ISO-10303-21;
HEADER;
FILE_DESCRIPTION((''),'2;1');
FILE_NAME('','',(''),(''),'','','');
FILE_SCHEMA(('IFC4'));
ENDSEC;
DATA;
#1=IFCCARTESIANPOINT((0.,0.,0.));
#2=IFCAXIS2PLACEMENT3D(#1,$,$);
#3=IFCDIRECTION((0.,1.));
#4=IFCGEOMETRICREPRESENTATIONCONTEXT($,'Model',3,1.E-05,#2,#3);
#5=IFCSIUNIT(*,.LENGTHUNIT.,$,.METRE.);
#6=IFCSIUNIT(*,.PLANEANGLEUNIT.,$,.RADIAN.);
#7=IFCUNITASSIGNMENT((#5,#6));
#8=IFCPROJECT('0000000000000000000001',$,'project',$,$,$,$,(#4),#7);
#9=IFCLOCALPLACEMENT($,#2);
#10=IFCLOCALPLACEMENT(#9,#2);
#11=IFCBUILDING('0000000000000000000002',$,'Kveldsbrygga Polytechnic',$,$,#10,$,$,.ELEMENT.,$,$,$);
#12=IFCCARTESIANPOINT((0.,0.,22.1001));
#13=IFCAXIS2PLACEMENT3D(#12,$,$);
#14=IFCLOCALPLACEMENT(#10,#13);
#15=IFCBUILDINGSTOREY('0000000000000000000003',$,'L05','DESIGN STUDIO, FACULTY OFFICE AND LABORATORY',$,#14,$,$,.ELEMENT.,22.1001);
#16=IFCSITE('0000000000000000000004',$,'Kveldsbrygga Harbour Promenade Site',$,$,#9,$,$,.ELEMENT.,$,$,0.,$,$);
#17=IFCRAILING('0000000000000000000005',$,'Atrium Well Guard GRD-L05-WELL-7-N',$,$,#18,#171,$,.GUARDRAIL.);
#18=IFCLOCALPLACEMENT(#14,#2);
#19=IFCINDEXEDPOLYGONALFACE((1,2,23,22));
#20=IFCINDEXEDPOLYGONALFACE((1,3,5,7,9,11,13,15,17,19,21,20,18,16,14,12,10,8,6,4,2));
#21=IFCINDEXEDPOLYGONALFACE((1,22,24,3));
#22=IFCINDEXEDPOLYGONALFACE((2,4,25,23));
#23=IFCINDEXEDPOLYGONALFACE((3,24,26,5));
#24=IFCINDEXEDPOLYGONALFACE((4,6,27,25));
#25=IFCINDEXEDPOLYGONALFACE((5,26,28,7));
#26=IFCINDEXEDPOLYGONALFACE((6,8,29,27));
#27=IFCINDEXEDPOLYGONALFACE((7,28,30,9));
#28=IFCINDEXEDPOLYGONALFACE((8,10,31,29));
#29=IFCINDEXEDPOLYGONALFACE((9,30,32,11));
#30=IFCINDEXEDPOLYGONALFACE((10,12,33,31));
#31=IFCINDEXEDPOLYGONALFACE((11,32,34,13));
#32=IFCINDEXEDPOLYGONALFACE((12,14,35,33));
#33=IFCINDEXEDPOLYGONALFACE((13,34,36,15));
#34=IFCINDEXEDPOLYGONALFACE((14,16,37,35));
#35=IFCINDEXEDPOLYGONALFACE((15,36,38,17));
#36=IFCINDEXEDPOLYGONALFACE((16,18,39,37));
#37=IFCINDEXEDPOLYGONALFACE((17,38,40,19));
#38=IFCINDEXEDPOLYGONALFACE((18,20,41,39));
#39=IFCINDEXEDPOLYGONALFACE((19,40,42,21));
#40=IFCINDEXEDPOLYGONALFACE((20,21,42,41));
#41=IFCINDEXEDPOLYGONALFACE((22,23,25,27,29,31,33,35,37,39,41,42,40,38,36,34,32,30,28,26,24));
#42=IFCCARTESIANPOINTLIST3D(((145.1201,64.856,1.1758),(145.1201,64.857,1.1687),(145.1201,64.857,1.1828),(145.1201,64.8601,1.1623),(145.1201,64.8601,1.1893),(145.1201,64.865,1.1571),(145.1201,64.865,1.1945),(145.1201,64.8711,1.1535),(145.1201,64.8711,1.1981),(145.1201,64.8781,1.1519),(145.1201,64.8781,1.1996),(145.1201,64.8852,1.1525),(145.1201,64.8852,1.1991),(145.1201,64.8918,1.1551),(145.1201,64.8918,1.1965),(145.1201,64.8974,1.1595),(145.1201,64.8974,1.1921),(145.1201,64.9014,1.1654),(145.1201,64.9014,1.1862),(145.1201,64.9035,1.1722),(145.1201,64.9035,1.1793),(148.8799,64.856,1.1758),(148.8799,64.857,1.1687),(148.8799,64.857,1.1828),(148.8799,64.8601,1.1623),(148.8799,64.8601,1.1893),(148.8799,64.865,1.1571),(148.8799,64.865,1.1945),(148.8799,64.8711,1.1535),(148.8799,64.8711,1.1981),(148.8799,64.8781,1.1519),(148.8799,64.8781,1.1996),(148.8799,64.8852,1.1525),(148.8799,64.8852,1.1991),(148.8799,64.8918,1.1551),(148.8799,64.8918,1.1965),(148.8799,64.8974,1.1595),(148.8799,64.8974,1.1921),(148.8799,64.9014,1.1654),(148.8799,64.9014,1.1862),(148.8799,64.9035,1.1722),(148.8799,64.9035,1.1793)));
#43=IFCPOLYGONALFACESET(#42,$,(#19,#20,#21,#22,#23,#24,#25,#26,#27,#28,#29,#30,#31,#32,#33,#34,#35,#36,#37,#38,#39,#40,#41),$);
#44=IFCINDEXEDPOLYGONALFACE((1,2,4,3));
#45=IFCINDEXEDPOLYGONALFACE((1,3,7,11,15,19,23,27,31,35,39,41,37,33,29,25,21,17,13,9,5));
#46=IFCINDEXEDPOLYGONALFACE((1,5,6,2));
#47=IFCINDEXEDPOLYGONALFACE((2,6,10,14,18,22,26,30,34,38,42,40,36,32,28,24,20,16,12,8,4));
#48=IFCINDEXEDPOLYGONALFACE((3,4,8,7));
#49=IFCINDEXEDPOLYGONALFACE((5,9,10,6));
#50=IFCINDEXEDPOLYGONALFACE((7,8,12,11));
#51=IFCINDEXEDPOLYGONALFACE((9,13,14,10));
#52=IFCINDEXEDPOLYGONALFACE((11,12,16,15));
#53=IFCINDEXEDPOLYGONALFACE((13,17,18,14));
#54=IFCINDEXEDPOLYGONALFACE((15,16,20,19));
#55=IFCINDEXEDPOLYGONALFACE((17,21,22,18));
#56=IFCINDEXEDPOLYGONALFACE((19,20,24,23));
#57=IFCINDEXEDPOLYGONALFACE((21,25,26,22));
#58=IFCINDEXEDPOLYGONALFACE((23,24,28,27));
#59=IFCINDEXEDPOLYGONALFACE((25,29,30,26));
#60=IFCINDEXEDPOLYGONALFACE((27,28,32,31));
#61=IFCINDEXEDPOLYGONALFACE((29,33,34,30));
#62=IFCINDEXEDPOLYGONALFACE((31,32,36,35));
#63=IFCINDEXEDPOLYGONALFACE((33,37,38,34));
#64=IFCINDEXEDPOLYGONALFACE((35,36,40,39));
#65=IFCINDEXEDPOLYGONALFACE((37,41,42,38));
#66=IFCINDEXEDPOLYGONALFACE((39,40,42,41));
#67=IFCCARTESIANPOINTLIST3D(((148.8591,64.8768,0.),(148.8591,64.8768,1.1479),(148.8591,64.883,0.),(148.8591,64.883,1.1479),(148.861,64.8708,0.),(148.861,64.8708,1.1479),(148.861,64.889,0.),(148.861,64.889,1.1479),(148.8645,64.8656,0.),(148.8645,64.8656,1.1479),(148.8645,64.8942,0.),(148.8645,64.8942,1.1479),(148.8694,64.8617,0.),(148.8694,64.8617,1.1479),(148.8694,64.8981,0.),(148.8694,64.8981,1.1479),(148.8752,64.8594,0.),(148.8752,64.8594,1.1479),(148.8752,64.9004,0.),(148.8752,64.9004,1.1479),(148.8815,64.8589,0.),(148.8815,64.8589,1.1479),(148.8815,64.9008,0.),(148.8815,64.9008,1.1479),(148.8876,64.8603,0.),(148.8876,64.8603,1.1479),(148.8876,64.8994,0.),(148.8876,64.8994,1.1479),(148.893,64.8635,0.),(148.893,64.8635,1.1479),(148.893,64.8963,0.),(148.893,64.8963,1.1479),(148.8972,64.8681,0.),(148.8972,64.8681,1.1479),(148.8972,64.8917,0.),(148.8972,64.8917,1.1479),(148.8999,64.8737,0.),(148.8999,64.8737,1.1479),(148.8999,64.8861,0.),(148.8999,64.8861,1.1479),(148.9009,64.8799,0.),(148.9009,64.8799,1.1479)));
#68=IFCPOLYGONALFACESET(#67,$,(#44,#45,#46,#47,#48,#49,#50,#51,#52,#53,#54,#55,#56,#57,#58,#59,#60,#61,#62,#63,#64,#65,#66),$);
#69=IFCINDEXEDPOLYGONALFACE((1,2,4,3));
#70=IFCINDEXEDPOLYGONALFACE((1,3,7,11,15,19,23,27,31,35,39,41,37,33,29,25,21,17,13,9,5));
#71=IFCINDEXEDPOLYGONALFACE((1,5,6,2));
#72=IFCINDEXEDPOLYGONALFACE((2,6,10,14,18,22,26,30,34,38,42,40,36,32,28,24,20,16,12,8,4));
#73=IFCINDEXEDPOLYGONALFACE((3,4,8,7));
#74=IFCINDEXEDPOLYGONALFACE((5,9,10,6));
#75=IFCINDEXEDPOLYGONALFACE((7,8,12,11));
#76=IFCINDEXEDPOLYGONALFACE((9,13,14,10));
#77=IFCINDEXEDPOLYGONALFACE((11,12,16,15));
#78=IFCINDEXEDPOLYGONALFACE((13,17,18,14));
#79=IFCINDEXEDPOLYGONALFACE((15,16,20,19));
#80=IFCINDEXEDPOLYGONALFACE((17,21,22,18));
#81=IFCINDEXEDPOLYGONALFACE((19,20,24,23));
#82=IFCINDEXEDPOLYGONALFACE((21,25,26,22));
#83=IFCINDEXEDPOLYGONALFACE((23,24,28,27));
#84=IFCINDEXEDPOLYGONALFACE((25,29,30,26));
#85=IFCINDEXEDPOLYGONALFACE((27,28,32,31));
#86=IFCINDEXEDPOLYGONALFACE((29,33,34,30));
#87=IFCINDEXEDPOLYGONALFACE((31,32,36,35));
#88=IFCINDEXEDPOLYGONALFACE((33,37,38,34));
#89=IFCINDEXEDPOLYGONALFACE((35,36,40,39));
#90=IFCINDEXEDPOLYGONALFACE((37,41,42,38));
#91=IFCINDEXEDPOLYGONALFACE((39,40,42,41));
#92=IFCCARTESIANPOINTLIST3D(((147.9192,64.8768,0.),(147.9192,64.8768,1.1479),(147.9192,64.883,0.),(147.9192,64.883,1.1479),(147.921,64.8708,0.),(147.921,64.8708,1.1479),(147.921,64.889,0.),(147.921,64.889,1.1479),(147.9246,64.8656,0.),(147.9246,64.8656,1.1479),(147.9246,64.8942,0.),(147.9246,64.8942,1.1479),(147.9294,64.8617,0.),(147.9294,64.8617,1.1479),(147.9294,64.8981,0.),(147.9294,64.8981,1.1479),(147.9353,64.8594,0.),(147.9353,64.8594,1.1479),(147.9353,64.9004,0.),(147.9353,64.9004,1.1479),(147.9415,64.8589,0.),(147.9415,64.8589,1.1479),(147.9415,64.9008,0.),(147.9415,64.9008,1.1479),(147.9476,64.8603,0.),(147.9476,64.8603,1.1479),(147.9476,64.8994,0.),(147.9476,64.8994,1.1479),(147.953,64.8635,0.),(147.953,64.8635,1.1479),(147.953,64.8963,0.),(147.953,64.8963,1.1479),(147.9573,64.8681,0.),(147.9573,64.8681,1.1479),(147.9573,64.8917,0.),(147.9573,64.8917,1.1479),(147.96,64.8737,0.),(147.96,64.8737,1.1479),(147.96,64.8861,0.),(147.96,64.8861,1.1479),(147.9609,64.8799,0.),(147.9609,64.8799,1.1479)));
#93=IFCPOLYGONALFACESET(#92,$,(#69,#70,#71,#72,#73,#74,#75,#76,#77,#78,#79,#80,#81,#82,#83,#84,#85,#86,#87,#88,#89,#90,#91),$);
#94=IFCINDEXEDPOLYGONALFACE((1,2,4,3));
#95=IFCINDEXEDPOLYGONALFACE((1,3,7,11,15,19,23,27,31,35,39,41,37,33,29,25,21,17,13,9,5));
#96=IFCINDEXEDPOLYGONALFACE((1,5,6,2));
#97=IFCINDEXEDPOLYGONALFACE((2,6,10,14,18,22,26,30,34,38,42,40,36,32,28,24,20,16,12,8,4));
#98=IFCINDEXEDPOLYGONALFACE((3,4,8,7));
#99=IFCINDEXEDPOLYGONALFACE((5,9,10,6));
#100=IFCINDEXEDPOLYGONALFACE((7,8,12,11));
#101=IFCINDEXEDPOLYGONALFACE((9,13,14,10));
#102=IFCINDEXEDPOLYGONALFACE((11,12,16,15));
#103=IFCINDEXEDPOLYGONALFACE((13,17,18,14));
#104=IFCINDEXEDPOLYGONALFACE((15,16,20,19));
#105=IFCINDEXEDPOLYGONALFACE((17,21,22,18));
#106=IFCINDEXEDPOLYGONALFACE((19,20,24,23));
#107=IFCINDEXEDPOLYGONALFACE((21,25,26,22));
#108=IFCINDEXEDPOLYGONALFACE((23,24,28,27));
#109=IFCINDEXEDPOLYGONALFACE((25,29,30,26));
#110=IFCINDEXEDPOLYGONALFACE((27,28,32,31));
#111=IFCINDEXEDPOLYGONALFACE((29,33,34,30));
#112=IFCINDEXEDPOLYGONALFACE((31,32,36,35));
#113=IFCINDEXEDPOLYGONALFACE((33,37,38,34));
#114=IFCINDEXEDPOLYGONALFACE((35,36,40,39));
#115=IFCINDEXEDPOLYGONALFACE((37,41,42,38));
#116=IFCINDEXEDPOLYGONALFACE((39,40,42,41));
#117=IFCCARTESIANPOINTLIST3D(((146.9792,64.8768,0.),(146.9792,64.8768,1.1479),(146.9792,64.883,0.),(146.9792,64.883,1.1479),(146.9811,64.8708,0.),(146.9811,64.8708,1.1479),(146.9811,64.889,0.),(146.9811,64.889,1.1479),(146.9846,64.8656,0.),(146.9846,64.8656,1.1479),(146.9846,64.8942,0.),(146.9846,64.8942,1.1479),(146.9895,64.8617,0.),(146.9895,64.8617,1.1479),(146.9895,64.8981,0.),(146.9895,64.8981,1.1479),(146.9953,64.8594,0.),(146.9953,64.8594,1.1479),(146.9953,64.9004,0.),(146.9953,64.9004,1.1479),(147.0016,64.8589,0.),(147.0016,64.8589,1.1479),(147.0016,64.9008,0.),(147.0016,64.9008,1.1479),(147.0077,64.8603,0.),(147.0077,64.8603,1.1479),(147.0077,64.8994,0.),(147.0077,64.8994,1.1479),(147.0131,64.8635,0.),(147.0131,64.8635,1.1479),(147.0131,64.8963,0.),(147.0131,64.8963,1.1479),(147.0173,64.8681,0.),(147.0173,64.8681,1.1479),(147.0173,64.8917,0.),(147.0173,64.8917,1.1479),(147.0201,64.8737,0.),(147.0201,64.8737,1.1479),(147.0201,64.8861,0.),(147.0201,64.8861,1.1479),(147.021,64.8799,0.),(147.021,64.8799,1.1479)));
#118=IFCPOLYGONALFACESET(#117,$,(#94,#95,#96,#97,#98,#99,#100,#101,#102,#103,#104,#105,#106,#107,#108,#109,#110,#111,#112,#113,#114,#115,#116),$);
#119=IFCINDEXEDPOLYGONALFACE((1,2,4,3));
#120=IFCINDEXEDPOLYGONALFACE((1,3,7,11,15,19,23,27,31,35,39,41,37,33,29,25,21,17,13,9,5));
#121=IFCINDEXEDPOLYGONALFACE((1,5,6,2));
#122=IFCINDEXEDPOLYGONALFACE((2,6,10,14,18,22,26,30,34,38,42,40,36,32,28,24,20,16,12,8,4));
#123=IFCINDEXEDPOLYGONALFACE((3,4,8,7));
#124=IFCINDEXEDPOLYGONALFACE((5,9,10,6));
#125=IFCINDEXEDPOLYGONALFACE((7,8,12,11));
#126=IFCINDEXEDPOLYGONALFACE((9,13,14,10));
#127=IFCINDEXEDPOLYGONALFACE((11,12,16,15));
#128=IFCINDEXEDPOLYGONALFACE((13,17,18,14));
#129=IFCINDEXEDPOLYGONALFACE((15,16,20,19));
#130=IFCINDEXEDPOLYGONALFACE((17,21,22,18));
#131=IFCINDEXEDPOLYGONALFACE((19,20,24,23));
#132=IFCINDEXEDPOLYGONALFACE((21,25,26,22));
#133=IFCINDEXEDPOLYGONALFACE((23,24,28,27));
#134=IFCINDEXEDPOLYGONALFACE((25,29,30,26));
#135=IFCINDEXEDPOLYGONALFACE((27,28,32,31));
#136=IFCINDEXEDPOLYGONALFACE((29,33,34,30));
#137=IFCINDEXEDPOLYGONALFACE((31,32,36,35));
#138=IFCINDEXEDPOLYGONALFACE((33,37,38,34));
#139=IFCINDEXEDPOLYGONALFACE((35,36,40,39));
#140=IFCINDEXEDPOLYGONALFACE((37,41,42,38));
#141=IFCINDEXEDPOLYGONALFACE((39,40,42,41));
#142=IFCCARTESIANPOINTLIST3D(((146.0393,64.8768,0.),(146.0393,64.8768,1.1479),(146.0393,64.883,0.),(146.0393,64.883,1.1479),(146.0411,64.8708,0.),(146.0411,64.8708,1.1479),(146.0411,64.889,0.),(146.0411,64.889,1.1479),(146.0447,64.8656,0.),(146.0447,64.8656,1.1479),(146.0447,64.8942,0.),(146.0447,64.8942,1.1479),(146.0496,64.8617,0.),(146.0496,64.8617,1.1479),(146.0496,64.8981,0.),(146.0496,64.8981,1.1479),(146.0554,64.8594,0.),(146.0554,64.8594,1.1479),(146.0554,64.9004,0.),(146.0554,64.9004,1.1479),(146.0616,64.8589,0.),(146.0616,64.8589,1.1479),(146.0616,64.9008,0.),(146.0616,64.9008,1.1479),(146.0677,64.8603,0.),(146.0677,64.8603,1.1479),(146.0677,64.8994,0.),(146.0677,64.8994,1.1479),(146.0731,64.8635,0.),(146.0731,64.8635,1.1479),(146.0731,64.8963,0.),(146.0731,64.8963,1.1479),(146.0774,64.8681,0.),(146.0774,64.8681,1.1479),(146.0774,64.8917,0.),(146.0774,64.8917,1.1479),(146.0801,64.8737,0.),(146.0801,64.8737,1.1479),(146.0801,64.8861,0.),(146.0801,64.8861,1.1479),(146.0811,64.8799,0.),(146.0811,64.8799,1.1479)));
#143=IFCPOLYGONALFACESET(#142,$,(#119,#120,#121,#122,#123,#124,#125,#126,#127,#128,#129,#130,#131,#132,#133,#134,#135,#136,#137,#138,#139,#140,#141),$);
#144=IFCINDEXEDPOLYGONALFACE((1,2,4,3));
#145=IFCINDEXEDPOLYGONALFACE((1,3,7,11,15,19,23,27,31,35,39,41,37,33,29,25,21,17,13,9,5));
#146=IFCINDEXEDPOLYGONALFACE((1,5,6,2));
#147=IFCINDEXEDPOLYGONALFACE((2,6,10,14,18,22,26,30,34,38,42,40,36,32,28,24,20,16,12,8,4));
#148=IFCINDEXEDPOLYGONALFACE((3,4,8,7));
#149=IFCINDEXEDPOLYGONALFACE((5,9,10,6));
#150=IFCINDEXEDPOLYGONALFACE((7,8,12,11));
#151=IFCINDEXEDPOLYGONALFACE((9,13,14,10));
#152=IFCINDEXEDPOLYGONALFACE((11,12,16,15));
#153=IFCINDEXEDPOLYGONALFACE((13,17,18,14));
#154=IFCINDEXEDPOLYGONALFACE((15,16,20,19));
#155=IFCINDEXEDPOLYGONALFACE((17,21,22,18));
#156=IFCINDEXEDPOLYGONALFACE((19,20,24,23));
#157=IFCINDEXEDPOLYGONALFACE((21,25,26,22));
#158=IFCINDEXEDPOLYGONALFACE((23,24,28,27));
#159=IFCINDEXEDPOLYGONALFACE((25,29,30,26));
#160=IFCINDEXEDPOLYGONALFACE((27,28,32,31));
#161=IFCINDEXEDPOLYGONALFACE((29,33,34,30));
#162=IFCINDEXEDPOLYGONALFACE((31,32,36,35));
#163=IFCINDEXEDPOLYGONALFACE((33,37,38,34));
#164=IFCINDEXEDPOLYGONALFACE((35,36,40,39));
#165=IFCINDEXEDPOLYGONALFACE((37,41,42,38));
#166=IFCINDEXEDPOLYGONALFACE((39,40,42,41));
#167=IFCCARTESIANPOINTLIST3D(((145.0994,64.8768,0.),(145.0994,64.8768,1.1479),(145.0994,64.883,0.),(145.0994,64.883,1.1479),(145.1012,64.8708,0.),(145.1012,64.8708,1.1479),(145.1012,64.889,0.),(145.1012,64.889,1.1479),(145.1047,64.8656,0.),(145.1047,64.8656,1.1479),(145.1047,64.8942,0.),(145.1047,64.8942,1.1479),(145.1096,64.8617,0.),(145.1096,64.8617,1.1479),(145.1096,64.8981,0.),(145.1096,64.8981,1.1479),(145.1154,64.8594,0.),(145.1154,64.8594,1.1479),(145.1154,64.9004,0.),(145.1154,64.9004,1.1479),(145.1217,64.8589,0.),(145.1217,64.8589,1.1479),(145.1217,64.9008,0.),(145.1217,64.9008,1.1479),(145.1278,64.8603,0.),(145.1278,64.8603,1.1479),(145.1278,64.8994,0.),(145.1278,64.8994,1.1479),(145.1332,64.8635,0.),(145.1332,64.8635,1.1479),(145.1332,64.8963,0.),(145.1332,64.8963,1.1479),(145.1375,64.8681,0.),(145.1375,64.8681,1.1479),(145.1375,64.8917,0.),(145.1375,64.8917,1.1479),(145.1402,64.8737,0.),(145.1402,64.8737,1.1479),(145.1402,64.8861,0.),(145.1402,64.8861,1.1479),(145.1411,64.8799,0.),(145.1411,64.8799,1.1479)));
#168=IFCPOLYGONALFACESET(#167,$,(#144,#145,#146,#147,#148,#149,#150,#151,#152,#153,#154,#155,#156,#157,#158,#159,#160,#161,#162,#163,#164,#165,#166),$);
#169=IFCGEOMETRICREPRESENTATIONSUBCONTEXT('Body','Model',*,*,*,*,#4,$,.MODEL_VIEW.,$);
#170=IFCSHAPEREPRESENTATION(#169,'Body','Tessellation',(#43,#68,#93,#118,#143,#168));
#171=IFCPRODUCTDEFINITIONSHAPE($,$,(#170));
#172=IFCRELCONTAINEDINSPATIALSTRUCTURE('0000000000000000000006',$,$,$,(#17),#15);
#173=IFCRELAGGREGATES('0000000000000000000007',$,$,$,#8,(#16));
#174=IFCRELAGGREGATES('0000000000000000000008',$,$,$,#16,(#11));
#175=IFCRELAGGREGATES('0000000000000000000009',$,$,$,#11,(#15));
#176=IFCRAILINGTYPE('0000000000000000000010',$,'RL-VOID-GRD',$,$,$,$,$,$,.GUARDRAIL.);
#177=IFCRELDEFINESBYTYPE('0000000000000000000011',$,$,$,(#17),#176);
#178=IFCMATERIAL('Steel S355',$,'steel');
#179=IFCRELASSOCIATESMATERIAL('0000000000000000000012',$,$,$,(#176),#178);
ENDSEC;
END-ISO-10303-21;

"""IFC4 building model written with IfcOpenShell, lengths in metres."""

from ifc_helpers import new_model, si_unit, direction, frame, origin, origin_2d, place, context, subcontext, project, spatial, circle, extrude, material, type_object, element, save


model = new_model("IFC4")

# Units and contexts
model_context = context("Model", 3, precision=1e-05, world=origin(), true_north=direction((0.0, 1.0)))
body_context = subcontext(model_context, "Body", "Model", "MODEL_VIEW")
ifc_project = project(units=[si_unit("LENGTHUNIT", "METRE"), si_unit("PLANEANGLEUNIT", "RADIAN")], contexts=[model_context])

# Site, building, storey
site_placement = place(None, origin())
site = spatial("IfcSite", under=ifc_project, at=site_placement, Name="Kveldsbrygga Harbour Promenade Site", CompositionType="ELEMENT", RefElevation=0.0)
building_placement = place(site_placement, origin())
building = spatial("IfcBuilding", under=site, at=building_placement, Name="Kveldsbrygga Polytechnic", CompositionType="ELEMENT")
storey_placement = place(building_placement, frame((0.0, 0.0, 22.1001)))
storey = spatial("IfcBuildingStorey", under=building, at=storey_placement, Name="L05", Description="DESIGN STUDIO, FACULTY OFFICE AND LABORATORY", CompositionType="ELEMENT", Elevation=22.1001)

# Shared definitions
ifc_material_1 = material(Name="Steel S355", Category="steel")

# Railing
railing_type = type_object("IfcRailingType", Name="RL-VOID-GRD", PredefinedType="GUARDRAIL", material=ifc_material_1)
railing_1_placement = place(storey_placement, frame((148.8799, 64.8799, 0.0)))
element("IfcRailing", 1, at=railing_1_placement, inside=storey, type_object=railing_type, Name="Atrium Well Guard GRD-L05-WELL-7-N", PredefinedType="GUARDRAIL", context=body_context, shape_type="SweptSolid", body=[
    extrude(circle(Radius=0.0239, at=origin_2d()), frame((0.0, 0.0, 1.1758), z_axis=(-1.0, 0.0, 0.0), x_axis=(0.0, -1.0, 0.0)), (0.0, 0.0, 1.0), 3.7598),
    extrude(circle(Radius=0.021, at=origin_2d()), origin(), (0.0, 0.0, 1.0), 1.1479),
    extrude(circle(Radius=0.021, at=origin_2d()), frame((-0.9399, 0.0, 0.0)), (0.0, 0.0, 1.0), 1.1479),
    extrude(circle(Radius=0.021, at=origin_2d()), frame((-1.8799, 0.0, 0.0)), (0.0, 0.0, 1.0), 1.1479),
    extrude(circle(Radius=0.021, at=origin_2d()), frame((-2.8198, 0.0, 0.0)), (0.0, 0.0, 1.0), 1.1479),
    extrude(circle(Radius=0.021, at=origin_2d()), frame((-3.7598, 0.0, 0.0)), (0.0, 0.0, 1.0), 1.1479),
])

save(model, "model.ifc")
